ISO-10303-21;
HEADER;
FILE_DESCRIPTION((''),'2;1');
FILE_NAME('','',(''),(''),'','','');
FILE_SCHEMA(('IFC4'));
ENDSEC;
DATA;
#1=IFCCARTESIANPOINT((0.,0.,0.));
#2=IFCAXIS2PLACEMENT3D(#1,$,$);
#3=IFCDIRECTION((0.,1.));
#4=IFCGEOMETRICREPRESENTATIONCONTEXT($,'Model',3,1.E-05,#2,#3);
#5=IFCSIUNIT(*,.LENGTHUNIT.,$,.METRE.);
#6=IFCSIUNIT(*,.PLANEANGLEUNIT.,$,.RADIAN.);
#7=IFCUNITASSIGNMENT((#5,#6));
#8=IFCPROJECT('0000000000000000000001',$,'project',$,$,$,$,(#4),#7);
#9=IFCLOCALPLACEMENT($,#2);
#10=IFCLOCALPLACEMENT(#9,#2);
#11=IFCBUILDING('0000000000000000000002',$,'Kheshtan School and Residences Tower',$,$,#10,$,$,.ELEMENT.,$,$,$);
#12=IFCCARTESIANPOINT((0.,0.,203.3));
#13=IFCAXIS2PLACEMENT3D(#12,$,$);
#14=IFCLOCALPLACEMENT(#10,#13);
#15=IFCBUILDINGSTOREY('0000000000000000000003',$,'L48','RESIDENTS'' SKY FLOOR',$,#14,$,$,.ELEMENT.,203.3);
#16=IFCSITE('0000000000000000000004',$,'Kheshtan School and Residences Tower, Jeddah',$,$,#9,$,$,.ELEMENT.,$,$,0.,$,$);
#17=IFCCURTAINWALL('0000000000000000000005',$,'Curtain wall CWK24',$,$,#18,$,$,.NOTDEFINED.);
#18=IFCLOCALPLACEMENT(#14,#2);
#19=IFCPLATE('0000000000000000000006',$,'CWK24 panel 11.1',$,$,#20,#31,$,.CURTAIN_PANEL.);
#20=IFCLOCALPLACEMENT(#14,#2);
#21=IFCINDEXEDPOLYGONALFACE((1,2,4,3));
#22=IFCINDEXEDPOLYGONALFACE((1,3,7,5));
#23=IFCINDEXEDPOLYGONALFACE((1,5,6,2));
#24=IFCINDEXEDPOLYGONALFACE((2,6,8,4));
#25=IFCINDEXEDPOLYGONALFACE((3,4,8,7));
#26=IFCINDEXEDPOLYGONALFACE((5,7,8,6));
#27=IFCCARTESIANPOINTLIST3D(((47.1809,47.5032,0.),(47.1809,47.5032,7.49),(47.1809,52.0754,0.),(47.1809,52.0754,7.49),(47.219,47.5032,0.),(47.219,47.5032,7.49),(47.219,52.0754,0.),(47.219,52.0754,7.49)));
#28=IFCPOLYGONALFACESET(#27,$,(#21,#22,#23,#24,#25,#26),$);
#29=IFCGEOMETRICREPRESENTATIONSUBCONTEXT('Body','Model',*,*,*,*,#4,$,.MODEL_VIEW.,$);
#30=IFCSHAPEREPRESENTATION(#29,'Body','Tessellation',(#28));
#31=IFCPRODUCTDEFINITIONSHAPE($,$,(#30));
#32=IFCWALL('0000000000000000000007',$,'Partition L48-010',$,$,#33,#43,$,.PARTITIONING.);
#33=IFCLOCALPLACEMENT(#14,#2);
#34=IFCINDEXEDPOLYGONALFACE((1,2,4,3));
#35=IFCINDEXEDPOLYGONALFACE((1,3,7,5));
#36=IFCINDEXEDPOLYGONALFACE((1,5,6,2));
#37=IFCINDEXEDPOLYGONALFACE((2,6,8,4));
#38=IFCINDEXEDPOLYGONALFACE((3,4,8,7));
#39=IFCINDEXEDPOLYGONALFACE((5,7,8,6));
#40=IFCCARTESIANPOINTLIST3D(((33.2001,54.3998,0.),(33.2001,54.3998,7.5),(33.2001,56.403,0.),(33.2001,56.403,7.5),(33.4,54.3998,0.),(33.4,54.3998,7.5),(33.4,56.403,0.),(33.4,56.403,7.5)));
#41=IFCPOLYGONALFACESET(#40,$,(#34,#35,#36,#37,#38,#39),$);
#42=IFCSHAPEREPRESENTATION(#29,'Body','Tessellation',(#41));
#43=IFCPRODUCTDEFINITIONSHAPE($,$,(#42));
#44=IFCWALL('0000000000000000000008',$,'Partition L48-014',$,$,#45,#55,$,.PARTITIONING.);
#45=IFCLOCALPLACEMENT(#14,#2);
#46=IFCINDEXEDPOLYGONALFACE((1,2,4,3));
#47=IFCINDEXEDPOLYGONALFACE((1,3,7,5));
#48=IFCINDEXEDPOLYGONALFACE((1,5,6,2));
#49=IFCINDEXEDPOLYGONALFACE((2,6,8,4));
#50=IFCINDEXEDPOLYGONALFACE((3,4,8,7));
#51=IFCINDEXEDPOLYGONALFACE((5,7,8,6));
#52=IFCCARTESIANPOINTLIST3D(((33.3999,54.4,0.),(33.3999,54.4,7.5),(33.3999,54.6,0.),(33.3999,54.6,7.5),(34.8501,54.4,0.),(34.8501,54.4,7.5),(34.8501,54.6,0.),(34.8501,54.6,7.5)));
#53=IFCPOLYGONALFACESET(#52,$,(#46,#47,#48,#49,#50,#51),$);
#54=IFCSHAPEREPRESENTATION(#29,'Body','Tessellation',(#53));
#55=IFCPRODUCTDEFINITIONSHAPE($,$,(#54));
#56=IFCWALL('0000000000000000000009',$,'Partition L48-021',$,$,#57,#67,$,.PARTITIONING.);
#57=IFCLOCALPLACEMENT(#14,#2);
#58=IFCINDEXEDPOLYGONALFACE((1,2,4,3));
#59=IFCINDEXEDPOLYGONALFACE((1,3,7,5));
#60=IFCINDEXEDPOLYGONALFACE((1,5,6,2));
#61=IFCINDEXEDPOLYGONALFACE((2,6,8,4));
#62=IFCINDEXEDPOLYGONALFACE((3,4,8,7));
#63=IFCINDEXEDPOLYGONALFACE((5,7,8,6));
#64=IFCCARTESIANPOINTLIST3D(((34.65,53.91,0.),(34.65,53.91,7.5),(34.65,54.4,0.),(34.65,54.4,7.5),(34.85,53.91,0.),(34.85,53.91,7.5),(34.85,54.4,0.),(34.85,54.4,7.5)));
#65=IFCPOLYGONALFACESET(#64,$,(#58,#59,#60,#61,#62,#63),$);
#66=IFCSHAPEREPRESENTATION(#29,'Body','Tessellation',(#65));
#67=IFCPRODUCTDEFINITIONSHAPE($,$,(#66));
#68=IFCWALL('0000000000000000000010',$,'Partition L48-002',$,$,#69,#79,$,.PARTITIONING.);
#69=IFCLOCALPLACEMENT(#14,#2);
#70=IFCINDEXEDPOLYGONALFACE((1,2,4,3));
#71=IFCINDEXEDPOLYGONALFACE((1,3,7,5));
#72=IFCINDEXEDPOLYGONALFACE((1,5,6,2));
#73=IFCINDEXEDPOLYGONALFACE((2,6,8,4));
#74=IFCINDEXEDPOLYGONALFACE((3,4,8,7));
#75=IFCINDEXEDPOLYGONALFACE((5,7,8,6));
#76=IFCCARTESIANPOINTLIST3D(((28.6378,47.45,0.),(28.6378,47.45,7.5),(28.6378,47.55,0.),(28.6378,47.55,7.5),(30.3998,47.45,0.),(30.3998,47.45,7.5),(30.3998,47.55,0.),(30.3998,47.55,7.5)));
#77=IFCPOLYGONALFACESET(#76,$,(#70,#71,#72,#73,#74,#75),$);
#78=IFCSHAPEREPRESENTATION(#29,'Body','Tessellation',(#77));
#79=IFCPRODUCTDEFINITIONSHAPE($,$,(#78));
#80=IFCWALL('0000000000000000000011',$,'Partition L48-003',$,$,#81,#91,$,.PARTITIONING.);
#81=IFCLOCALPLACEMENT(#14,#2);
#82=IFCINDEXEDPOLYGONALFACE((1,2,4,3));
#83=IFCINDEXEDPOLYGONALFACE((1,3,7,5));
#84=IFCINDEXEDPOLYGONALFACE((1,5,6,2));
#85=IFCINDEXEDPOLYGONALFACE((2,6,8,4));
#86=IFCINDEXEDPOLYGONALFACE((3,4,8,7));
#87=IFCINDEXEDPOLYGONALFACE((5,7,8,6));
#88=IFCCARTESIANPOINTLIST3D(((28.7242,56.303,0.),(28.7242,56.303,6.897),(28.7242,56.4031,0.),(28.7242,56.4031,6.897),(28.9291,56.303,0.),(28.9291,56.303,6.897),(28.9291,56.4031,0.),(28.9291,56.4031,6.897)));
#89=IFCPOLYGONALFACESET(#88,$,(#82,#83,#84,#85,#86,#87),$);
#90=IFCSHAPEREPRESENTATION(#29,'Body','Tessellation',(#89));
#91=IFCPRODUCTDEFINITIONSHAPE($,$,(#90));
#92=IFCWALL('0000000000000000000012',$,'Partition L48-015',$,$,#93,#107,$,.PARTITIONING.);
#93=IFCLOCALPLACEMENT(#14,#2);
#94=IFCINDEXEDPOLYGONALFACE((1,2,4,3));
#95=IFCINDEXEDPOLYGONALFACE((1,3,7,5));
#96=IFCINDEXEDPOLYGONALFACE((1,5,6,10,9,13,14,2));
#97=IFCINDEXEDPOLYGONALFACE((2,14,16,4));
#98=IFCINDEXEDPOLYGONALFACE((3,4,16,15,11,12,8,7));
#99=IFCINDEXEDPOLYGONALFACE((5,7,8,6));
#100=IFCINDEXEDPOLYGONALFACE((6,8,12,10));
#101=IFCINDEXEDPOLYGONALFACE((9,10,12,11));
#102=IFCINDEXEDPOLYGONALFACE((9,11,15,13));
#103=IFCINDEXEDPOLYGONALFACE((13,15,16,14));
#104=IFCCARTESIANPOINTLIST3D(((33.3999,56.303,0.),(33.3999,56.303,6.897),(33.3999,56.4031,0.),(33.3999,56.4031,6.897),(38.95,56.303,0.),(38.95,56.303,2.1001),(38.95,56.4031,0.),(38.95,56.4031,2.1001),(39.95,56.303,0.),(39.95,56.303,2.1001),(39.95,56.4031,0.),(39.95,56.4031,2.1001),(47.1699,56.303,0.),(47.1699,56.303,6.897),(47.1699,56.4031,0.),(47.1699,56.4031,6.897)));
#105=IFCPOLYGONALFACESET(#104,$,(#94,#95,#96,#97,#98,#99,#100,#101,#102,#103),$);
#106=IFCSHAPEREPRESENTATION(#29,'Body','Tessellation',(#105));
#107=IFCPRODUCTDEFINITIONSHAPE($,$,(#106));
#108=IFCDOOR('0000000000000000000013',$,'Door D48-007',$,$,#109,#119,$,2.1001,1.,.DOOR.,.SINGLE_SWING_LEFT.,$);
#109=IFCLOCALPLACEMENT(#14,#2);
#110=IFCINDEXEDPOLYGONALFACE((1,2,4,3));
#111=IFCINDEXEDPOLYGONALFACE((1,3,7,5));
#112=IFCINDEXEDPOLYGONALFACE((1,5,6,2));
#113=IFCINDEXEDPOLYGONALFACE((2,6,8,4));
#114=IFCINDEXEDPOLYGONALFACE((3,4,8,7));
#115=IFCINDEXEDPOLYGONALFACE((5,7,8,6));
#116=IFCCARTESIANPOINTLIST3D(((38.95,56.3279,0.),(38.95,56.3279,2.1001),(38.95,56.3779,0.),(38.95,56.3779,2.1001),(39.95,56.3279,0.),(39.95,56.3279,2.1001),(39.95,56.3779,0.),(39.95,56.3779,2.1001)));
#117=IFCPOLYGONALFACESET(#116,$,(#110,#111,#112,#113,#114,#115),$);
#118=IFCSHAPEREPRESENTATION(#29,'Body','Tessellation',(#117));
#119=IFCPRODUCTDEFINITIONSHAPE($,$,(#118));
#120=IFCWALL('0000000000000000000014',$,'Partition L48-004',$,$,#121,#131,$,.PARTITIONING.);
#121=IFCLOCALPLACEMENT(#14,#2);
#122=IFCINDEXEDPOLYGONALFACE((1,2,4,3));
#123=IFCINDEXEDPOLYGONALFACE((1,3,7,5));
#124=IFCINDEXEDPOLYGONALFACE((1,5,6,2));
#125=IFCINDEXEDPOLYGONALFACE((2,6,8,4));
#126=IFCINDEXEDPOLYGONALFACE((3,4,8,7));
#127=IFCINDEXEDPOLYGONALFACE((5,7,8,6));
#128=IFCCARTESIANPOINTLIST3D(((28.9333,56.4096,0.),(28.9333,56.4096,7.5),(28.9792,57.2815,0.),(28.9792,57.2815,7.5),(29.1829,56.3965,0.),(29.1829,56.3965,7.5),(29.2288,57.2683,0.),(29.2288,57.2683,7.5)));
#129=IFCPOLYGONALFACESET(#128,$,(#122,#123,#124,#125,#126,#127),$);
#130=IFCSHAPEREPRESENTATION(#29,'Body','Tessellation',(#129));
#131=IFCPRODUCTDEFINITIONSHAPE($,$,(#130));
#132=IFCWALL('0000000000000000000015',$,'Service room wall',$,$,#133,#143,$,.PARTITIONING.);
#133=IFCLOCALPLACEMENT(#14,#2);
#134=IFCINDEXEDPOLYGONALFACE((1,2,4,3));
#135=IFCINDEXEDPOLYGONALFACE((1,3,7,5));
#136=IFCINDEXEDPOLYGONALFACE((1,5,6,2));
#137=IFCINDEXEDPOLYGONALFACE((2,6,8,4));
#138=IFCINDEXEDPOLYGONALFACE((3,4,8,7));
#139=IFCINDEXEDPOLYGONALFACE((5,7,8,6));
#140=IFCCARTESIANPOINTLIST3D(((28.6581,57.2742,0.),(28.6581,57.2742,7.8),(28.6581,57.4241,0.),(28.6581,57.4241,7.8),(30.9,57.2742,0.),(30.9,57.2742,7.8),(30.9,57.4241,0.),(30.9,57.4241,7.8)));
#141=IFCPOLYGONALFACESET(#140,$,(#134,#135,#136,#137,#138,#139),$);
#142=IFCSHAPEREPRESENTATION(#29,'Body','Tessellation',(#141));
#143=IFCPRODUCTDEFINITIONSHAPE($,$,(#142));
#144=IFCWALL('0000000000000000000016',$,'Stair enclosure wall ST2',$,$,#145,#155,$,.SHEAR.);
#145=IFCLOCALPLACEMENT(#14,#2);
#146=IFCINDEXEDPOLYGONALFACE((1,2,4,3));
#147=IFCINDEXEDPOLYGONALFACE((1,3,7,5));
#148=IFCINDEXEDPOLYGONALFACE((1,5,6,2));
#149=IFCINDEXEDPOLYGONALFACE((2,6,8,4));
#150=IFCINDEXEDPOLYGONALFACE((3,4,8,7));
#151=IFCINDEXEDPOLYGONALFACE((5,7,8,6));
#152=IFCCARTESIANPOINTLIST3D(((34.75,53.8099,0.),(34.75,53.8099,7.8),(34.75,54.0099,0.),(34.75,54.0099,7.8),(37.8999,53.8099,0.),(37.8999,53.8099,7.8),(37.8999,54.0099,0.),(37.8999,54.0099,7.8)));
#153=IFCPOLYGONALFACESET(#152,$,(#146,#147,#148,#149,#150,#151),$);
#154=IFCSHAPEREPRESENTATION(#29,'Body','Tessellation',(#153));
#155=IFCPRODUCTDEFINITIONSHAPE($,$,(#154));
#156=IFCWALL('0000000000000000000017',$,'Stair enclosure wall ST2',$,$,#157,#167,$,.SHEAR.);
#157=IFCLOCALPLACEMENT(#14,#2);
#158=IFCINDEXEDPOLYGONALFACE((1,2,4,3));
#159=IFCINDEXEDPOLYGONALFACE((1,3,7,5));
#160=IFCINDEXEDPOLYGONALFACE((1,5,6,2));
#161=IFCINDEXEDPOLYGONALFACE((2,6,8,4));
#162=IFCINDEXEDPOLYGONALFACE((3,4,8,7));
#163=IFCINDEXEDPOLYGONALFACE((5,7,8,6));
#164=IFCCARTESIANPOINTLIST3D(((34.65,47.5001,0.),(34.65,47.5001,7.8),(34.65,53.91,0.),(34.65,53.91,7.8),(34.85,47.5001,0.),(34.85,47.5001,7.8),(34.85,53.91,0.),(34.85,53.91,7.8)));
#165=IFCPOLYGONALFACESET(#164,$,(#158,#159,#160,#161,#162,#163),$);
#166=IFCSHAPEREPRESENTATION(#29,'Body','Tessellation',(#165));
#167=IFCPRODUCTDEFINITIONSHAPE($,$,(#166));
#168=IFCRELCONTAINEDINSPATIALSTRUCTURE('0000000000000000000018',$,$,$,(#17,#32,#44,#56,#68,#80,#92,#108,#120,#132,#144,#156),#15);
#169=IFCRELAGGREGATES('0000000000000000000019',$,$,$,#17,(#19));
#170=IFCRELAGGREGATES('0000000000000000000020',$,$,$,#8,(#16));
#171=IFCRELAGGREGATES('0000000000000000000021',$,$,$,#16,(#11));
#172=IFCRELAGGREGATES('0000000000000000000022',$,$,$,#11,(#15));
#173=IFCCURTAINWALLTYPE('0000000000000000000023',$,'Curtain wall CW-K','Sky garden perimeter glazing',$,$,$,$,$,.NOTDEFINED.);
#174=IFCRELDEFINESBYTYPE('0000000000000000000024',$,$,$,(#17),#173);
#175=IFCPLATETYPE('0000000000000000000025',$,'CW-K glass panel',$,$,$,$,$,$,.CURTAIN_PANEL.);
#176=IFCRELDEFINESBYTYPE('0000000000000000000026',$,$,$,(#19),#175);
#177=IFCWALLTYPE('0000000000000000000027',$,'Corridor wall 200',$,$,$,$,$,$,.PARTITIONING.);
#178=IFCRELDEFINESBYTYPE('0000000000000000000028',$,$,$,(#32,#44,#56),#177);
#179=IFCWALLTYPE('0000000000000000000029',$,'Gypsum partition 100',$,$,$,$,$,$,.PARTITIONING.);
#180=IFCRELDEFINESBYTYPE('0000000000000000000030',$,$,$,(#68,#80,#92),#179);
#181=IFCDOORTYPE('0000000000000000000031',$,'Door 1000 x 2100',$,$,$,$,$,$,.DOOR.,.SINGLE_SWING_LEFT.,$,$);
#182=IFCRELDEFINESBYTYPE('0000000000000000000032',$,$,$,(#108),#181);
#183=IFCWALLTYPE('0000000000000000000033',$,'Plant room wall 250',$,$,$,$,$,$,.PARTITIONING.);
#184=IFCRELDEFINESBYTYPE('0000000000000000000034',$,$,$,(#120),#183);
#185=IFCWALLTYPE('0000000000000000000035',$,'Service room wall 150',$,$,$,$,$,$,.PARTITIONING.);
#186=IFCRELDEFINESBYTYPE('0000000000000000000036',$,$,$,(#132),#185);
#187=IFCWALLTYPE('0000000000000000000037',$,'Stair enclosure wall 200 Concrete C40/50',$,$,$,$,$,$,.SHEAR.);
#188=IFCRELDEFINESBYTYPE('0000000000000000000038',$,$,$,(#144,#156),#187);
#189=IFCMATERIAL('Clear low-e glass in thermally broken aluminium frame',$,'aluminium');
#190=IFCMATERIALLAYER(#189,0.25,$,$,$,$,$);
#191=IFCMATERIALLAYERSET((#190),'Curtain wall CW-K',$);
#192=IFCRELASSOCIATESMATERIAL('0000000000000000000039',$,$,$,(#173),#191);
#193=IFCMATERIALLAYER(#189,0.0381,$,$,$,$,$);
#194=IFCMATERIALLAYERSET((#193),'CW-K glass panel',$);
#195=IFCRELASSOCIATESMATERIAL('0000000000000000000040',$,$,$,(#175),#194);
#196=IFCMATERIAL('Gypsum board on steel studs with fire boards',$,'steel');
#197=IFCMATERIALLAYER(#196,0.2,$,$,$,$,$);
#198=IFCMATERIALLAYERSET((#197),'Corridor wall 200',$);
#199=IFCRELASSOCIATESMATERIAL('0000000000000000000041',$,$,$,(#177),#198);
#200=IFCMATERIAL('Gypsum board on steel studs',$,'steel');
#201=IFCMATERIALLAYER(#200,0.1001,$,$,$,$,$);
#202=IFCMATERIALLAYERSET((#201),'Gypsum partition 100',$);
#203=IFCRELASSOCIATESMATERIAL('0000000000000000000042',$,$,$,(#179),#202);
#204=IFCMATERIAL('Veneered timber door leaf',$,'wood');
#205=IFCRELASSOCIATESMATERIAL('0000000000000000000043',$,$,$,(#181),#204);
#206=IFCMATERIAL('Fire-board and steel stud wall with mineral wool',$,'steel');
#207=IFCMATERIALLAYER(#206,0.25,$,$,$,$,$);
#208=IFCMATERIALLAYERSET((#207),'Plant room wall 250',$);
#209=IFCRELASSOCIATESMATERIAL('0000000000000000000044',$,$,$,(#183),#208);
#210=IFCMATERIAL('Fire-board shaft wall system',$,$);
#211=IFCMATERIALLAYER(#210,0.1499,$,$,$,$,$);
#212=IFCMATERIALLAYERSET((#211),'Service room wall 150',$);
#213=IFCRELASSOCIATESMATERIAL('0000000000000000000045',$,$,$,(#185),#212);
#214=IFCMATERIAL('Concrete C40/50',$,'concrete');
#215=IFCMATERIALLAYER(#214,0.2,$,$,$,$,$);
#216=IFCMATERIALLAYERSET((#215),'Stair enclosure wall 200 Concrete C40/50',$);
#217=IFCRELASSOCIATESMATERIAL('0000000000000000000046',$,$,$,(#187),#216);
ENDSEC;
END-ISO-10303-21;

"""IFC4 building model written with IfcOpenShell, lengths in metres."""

from ifc_helpers import new_model, si_unit, direction, frame, frame_2d, origin, origin_2d, place, context, subcontext, project, spatial, rectangle, extrude, source, transform, mapped, material, layer, layer_set, type_object, element, fill, aggregate, save


model = new_model("IFC4")

# Units and contexts
model_context = context("Model", 3, precision=1e-05, world=origin(), true_north=direction((0.0, 1.0)))
body_context = subcontext(model_context, "Body", "Model", "MODEL_VIEW")
ifc_project = project(units=[si_unit("LENGTHUNIT", "METRE"), si_unit("PLANEANGLEUNIT", "RADIAN")], contexts=[model_context])

# Site, building, storey
site_placement = place(None, origin())
site = spatial("IfcSite", under=ifc_project, at=site_placement, Name="Kheshtan School and Residences Tower, Jeddah", CompositionType="ELEMENT", RefElevation=0.0)
building_placement = place(site_placement, origin())
building = spatial("IfcBuilding", under=site, at=building_placement, Name="Kheshtan School and Residences Tower", CompositionType="ELEMENT")
storey_placement = place(building_placement, frame((0.0, 0.0, 203.3)))
storey = spatial("IfcBuildingStorey", under=building, at=storey_placement, Name="L48", Description="RESIDENTS' SKY FLOOR", CompositionType="ELEMENT", Elevation=203.3)

# Curtain wall
ifc_material_1 = material(Name="Clear low-e glass in thermally broken aluminium frame", Category="aluminium")
ifc_layer_1 = layer(ifc_material_1, 0.25)
ifc_layer_set_1 = layer_set([ifc_layer_1], Name="Curtain wall CW-K")
curtain_wall_type = type_object("IfcCurtainWallType", Name="Curtain wall CW-K", Description="Sky garden perimeter glazing", PredefinedType="NOTDEFINED", material=ifc_layer_set_1)
curtain_wall_1_placement = place(storey_placement, origin())
curtain_wall_1 = element("IfcCurtainWall", 1, at=curtain_wall_1_placement, inside=storey, type_object=curtain_wall_type, Name="Curtain wall CWK24", PredefinedType="NOTDEFINED")

# Plate
ifc_layer_2 = layer(ifc_material_1, 0.0381)
ifc_layer_set_2 = layer_set([ifc_layer_2], Name="CW-K glass panel")
plate_type = type_object("IfcPlateType", Name="CW-K glass panel", PredefinedType="CURTAIN_PANEL", material=ifc_layer_set_2)
plate_1_placement = place(storey_placement, frame((47.2, 49.7893, 0.0), z_axis=(0.0, 0.0, 1.0), x_axis=(0.0, -1.0, 0.0)))
plate_1 = element("IfcPlate", 2, at=plate_1_placement, type_object=plate_type, Name="CWK24 panel 11.1", PredefinedType="CURTAIN_PANEL", context=body_context, shape_type="SweptSolid", body=[
    extrude(rectangle(XDim=4.5723, YDim=0.0381, at=origin_2d()), origin(), (0.0, 0.0, 1.0), 7.49),
])
aggregate(curtain_wall_1, [plate_1])

# Walls
ifc_material_2 = material(Name="Gypsum board on steel studs with fire boards", Category="steel")
ifc_layer_3 = layer(ifc_material_2, 0.2)
ifc_layer_set_3 = layer_set([ifc_layer_3], Name="Corridor wall 200")
wall_type_1 = type_object("IfcWallType", Name="Corridor wall 200", PredefinedType="PARTITIONING", material=ifc_layer_set_3)
wall_1_placement = place(storey_placement, frame((33.3, 54.3999, 0.0), z_axis=(0.0, 0.0, 1.0), x_axis=(0.0, 1.0, 0.0)))
element("IfcWall", 3, at=wall_1_placement, inside=storey, type_object=wall_type_1, Name="Partition L48-010", PredefinedType="PARTITIONING", context=body_context, shape_type="SweptSolid", body=[
    extrude(rectangle(XDim=2.0032, YDim=0.2, at=frame_2d((1.0015, 0.0))), origin(), (0.0, 0.0, 1.0), 7.5),
])
wall_2_placement = place(storey_placement, frame((33.3999, 54.5, 0.0), z_axis=(0.0, 0.0, 1.0), x_axis=(1.0, 0.0, 0.0)))
element("IfcWall", 4, at=wall_2_placement, inside=storey, type_object=wall_type_1, Name="Partition L48-014", PredefinedType="PARTITIONING", context=body_context, shape_type="SweptSolid", body=[
    extrude(rectangle(XDim=1.4502, YDim=0.2, at=frame_2d((0.7251, 0.0))), origin(), (0.0, 0.0, 1.0), 7.5),
])
wall_3_placement = place(storey_placement, frame((34.75, 53.9099, 0.0), z_axis=(0.0, 0.0, 1.0), x_axis=(0.0, 1.0, 0.0)))
element("IfcWall", 5, at=wall_3_placement, inside=storey, type_object=wall_type_1, Name="Partition L48-021", PredefinedType="PARTITIONING", context=body_context, shape_type="SweptSolid", body=[
    extrude(rectangle(XDim=0.49, YDim=0.2, at=frame_2d((0.2451, 0.0))), origin(), (0.0, 0.0, 1.0), 7.5),
])
ifc_material_3 = material(Name="Gypsum board on steel studs", Category="steel")
ifc_layer_4 = layer(ifc_material_3, 0.1001)
ifc_layer_set_4 = layer_set([ifc_layer_4], Name="Gypsum partition 100")
wall_type_2 = type_object("IfcWallType", Name="Gypsum partition 100", PredefinedType="PARTITIONING", material=ifc_layer_set_4)
wall_4_placement = place(storey_placement, frame((28.6379, 47.5, 0.0), z_axis=(0.0, 0.0, 1.0), x_axis=(1.0, 0.0, 0.0)))
element("IfcWall", 6, at=wall_4_placement, inside=storey, type_object=wall_type_2, Name="Partition L48-002", PredefinedType="PARTITIONING", context=body_context, shape_type="SweptSolid", body=[
    extrude(rectangle(XDim=1.762, YDim=0.1001, at=frame_2d((0.8809, 0.0))), origin(), (0.0, 0.0, 1.0), 7.5),
])
wall_5_placement = place(storey_placement, frame((28.7241, 56.353, 0.0), z_axis=(0.0, 0.0, 1.0), x_axis=(1.0, 0.0, 0.0)))
element("IfcWall", 7, at=wall_5_placement, inside=storey, type_object=wall_type_2, Name="Partition L48-003", PredefinedType="PARTITIONING", context=body_context, shape_type="SweptSolid", body=[
    extrude(rectangle(XDim=0.2048, YDim=0.1001, at=frame_2d((0.1025, 0.0))), origin(), (0.0, 0.0, 1.0), 6.897),
])

# Wall, opening, door
wall_6_placement = place(storey_placement, frame((33.3999, 56.353, 0.0), z_axis=(0.0, 0.0, 1.0), x_axis=(1.0, 0.0, 0.0)))
wall_6 = element("IfcWall", 8, at=wall_6_placement, inside=storey, type_object=wall_type_2, Name="Partition L48-015", PredefinedType="PARTITIONING", context=body_context, shape_type="SweptSolid", body=[
    extrude(rectangle(XDim=13.77, YDim=0.1001, at=frame_2d((6.885, 0.0))), origin(), (0.0, 0.0, 1.0), 6.897),
])
opening_placement = place(wall_6_placement, frame((5.55, 0.0, 0.0)))
opening = element("IfcOpeningElement", 9, at=opening_placement, cuts=wall_6, PredefinedType="OPENING", context=body_context, shape_type="SweptSolid", body=[
    extrude(rectangle(XDim=1.0, YDim=2.1001, at=frame_2d((0.5, 1.05))), frame((0.0, 0.0601, 0.0), z_axis=(0.0, -1.0, 0.0), x_axis=(1.0, 0.0, 0.0)), (0.0, 0.0, 1.0), 0.1201),
])
ifc_material_4 = material(Name="Veneered timber door leaf", Category="wood")
door_type = type_object("IfcDoorType", Name="Door 1000 x 2100", OperationType="SINGLE_SWING_LEFT", PredefinedType="DOOR", material=ifc_material_4)
shared_shape = source(origin(), body_context, "Body", "SweptSolid", [
    extrude(rectangle(XDim=1.0, YDim=2.1001, at=frame_2d((0.5, 1.05))), frame((0.0, 0.0249, 0.0), z_axis=(0.0, -1.0, 0.0), x_axis=(1.0, 0.0, 0.0)), (0.0, 0.0, 1.0), 0.05),
])
door_placement = place(opening_placement, origin())
door = element("IfcDoor", 10, at=door_placement, inside=storey, type_object=door_type, Name="Door D48-007", OperationType="SINGLE_SWING_LEFT", OverallHeight=2.1001, OverallWidth=1.0, PredefinedType="DOOR", context=body_context, shape_type="MappedRepresentation", body=[
    mapped(shared_shape, transform((0.0, 0.0, 0.0), x_axis=(1.0, 0.0, 0.0), y_axis=(0.0, 1.0, 0.0), z_axis=(0.0, 0.0, 1.0), scale=1.0)),
])
fill(opening, door)

# Walls
ifc_material_5 = material(Name="Fire-board and steel stud wall with mineral wool", Category="steel")
ifc_layer_5 = layer(ifc_material_5, 0.25)
ifc_layer_set_5 = layer_set([ifc_layer_5], Name="Plant room wall 250")
wall_type_3 = type_object("IfcWallType", Name="Plant room wall 250", PredefinedType="PARTITIONING", material=ifc_layer_set_5)
wall_7_placement = place(storey_placement, frame((29.0581, 56.4031, 0.0), z_axis=(0.0, 0.0, 1.0), x_axis=(0.052574, 0.998617, 0.0)))
element("IfcWall", 11, at=wall_7_placement, inside=storey, type_object=wall_type_3, Name="Partition L48-004", PredefinedType="PARTITIONING", context=body_context, shape_type="SweptSolid", body=[
    extrude(rectangle(XDim=0.873, YDim=0.25, at=frame_2d((0.4365, 0.0))), origin(), (0.0, 0.0, 1.0), 7.5),
])
ifc_material_6 = material(Name="Fire-board shaft wall system")
ifc_layer_6 = layer(ifc_material_6, 0.1499)
ifc_layer_set_6 = layer_set([ifc_layer_6], Name="Service room wall 150")
wall_type_4 = type_object("IfcWallType", Name="Service room wall 150", PredefinedType="PARTITIONING", material=ifc_layer_set_6)
wall_8_placement = place(storey_placement, frame((28.658, 57.3491, 0.0), z_axis=(0.0, 0.0, 1.0), x_axis=(1.0, 0.0, 0.0)))
element("IfcWall", 12, at=wall_8_placement, inside=storey, type_object=wall_type_4, Name="Service room wall", PredefinedType="PARTITIONING", context=body_context, shape_type="SweptSolid", body=[
    extrude(rectangle(XDim=2.2419, YDim=0.1499, at=frame_2d((1.1211, 0.0))), origin(), (0.0, 0.0, 1.0), 7.8),
])
ifc_material_7 = material(Name="Concrete C40/50", Category="concrete")
ifc_layer_7 = layer(ifc_material_7, 0.2)
ifc_layer_set_7 = layer_set([ifc_layer_7], Name="Stair enclosure wall 200 Concrete C40/50")
wall_type_5 = type_object("IfcWallType", Name="Stair enclosure wall 200 Concrete C40/50", PredefinedType="SHEAR", material=ifc_layer_set_7)
wall_9_placement = place(storey_placement, frame((34.75, 53.9099, 0.0), z_axis=(0.0, 0.0, 1.0), x_axis=(1.0, 0.0, 0.0)))
element("IfcWall", 13, at=wall_9_placement, inside=storey, type_object=wall_type_5, Name="Stair enclosure wall ST2", PredefinedType="SHEAR", context=body_context, shape_type="SweptSolid", body=[
    extrude(rectangle(XDim=3.1499, YDim=0.2, at=frame_2d((1.575, 0.0))), origin(), (0.0, 0.0, 1.0), 7.8),
])
wall_10_placement = place(storey_placement, frame((34.75, 47.5, 0.0), z_axis=(0.0, 0.0, 1.0), x_axis=(0.0, 1.0, 0.0)))
element("IfcWall", 14, at=wall_10_placement, inside=storey, type_object=wall_type_5, Name="Stair enclosure wall ST2", PredefinedType="SHEAR", context=body_context, shape_type="SweptSolid", body=[
    extrude(rectangle(XDim=6.4099, YDim=0.2, at=frame_2d((3.2051, 0.0))), origin(), (0.0, 0.0, 1.0), 7.8),
])

save(model, "model.ifc")
